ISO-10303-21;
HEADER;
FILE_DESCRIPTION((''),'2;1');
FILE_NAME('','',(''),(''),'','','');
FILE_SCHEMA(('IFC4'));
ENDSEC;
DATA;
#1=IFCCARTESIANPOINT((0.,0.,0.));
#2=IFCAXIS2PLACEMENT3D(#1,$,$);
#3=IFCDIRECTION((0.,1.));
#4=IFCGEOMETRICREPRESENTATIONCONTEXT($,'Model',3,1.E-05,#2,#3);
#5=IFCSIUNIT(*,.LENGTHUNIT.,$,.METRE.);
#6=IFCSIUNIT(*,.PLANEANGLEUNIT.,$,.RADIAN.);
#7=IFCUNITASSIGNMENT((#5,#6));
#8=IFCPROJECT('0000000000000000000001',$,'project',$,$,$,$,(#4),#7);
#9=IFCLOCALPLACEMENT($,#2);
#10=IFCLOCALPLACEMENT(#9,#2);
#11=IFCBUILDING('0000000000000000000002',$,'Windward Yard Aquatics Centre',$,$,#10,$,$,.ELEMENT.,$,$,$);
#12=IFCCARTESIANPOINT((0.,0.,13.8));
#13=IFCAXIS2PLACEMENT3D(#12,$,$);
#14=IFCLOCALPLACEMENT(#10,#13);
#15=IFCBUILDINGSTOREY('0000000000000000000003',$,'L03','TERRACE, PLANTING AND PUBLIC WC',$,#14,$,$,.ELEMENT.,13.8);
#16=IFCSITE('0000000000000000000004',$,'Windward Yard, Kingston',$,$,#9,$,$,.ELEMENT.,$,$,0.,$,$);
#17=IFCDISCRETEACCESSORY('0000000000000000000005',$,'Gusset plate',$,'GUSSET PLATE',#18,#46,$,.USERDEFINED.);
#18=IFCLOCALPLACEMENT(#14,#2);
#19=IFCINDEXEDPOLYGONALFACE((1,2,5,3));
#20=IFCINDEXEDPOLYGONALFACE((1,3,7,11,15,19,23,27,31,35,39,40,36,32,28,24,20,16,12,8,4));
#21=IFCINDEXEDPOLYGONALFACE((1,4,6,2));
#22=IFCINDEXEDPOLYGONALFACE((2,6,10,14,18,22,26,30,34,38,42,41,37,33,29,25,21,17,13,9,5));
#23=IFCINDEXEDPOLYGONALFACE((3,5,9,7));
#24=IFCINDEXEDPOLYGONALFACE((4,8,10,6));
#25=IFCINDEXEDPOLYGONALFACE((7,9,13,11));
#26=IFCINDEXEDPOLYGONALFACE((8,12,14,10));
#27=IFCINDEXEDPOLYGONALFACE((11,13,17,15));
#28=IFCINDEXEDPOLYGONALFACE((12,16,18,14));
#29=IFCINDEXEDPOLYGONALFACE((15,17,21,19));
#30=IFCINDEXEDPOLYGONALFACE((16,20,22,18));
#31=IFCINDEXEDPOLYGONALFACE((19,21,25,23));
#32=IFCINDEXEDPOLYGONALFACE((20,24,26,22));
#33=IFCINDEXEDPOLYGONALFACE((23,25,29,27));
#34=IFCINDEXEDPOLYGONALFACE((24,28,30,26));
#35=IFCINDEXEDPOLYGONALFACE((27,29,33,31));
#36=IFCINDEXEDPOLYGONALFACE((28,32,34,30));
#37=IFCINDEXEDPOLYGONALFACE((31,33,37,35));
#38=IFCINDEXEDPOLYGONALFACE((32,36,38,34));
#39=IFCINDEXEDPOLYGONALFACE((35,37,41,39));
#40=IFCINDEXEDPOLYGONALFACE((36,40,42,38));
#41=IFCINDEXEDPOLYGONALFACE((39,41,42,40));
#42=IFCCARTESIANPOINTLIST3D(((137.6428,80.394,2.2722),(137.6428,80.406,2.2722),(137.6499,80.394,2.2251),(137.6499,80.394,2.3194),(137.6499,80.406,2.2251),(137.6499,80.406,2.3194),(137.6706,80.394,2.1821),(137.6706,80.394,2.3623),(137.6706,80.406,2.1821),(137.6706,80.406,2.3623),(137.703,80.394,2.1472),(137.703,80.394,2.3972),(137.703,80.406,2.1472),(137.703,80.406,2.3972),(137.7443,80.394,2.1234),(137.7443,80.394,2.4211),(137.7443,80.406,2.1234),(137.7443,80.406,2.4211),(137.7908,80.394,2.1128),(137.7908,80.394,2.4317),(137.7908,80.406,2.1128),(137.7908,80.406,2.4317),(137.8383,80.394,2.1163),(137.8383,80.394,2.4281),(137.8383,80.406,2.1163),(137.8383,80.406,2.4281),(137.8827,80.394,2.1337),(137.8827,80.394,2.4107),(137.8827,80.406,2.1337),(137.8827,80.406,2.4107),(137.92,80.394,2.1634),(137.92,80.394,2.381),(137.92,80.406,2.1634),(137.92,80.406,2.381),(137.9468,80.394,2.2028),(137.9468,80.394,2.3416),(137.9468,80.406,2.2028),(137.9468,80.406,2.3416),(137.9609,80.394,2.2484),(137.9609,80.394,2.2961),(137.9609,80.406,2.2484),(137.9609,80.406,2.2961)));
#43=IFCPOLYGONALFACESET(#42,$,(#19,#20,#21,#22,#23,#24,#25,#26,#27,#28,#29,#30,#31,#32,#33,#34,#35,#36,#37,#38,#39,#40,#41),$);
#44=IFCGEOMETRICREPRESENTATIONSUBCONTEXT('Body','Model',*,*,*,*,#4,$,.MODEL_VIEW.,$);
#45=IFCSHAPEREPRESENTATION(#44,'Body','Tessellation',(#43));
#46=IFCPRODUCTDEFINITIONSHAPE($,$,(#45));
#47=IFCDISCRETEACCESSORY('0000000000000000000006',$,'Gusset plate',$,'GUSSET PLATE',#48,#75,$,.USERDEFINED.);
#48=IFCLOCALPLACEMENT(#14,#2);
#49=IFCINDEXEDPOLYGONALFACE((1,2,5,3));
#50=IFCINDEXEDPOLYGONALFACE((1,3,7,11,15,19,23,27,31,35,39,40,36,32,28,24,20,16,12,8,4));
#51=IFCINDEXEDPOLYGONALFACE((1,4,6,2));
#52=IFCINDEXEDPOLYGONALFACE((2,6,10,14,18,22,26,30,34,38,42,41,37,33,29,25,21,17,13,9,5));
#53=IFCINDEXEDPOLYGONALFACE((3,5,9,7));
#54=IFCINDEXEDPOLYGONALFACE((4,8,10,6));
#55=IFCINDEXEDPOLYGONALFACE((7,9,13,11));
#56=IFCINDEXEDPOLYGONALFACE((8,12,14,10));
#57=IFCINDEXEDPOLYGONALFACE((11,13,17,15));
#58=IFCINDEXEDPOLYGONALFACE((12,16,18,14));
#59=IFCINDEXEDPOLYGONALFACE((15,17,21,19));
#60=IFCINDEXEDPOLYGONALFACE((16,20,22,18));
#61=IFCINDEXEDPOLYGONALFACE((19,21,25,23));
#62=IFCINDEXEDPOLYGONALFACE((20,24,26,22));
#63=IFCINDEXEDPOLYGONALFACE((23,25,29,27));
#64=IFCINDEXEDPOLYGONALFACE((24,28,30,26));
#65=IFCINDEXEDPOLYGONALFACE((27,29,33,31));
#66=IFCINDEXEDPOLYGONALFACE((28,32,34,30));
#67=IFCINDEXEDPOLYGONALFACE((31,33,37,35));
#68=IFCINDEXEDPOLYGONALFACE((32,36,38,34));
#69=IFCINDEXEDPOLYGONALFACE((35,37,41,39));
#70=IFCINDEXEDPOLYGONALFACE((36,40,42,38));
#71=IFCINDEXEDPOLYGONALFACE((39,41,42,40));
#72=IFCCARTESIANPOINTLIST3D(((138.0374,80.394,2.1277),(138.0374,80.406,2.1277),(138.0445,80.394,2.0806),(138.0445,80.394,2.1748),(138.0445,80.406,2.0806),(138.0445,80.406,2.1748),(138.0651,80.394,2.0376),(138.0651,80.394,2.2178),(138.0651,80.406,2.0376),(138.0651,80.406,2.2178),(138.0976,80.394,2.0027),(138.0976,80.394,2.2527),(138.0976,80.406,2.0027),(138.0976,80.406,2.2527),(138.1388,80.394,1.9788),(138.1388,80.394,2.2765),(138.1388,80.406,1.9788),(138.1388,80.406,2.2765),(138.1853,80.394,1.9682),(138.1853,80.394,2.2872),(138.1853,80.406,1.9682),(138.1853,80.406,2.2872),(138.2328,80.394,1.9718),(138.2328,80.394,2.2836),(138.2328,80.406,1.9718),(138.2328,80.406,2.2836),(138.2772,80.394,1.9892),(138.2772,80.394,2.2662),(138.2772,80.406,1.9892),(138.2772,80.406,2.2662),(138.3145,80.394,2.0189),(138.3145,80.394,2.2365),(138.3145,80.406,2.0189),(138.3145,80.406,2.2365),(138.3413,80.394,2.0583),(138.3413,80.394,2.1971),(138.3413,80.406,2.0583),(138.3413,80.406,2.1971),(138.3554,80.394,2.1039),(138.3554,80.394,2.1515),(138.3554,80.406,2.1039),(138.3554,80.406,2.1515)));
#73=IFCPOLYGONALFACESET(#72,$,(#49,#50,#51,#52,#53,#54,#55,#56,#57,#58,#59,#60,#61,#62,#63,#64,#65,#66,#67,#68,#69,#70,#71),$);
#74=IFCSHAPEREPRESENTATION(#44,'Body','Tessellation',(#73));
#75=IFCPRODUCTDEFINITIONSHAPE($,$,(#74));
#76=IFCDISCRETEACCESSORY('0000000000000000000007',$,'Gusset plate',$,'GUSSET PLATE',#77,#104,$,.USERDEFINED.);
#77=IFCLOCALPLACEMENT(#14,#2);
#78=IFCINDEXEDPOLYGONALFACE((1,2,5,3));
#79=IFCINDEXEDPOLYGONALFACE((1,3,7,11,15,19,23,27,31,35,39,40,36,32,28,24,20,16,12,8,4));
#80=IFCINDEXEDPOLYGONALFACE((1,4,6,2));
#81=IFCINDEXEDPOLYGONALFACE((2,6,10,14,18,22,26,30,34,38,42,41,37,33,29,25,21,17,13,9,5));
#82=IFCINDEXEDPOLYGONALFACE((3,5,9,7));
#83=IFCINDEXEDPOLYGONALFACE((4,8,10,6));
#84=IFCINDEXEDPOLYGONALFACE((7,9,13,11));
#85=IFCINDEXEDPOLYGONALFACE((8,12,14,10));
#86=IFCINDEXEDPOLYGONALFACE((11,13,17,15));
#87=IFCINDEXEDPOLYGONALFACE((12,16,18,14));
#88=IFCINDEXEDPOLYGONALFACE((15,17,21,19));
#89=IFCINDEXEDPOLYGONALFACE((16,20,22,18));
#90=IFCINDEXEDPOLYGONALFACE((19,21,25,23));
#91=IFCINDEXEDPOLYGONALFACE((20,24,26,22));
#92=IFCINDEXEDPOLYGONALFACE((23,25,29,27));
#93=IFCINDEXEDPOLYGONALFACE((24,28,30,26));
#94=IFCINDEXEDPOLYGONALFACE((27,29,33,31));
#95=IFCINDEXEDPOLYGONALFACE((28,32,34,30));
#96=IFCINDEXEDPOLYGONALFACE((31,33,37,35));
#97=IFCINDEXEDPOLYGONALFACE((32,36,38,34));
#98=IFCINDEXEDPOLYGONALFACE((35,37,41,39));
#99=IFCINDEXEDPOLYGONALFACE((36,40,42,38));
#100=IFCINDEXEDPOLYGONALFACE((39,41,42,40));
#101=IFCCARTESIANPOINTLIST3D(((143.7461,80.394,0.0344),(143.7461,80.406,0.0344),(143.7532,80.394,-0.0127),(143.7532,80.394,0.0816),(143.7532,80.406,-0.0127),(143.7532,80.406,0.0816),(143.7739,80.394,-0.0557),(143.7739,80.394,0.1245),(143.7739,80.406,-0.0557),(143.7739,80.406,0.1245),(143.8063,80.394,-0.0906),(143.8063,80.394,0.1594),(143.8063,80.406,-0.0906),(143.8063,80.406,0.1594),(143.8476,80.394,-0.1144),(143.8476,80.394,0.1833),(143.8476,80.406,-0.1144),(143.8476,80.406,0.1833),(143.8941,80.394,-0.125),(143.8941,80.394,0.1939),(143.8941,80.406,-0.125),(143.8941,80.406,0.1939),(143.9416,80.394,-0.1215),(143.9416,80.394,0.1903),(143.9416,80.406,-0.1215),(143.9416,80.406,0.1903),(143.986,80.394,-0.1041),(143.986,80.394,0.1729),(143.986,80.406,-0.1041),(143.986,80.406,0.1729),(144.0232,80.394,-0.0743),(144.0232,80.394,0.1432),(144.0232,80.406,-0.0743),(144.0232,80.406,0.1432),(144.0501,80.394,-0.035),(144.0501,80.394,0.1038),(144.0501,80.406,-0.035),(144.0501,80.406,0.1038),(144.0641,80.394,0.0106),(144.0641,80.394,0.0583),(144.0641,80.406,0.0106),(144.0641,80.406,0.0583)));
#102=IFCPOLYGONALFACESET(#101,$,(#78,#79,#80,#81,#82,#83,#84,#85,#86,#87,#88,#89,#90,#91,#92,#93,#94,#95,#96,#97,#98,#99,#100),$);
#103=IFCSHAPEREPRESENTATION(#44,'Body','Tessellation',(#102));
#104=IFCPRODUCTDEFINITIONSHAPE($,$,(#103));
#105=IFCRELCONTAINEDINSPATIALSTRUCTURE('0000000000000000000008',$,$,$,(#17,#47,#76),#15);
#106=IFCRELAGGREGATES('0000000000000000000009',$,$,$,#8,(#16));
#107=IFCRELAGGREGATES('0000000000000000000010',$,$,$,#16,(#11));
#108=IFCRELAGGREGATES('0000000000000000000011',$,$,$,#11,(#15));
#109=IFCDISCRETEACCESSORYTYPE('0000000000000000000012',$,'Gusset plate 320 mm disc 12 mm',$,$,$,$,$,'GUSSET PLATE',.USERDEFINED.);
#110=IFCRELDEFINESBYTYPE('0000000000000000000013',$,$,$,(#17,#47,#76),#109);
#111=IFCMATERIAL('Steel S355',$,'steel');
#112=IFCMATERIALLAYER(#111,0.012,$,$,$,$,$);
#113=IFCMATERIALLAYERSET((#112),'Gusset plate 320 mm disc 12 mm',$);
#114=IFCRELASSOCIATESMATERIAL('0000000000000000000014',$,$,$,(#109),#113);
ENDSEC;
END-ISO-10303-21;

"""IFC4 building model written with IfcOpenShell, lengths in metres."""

from ifc_helpers import new_model, si_unit, direction, frame, origin, origin_2d, place, context, subcontext, project, spatial, circle, extrude, material, layer, layer_set, type_object, element, save


model = new_model("IFC4")

# Units and contexts
model_context = context("Model", 3, precision=1e-05, world=origin(), true_north=direction((0.0, 1.0)))
body_context = subcontext(model_context, "Body", "Model", "MODEL_VIEW")
ifc_project = project(units=[si_unit("LENGTHUNIT", "METRE"), si_unit("PLANEANGLEUNIT", "RADIAN")], contexts=[model_context])

# Site, building, storey
site_placement = place(None, origin())
site = spatial("IfcSite", under=ifc_project, at=site_placement, Name="Windward Yard, Kingston", CompositionType="ELEMENT", RefElevation=0.0)
building_placement = place(site_placement, origin())
building = spatial("IfcBuilding", under=site, at=building_placement, Name="Windward Yard Aquatics Centre", CompositionType="ELEMENT")
storey_placement = place(building_placement, frame((0.0, 0.0, 13.8)))
storey = spatial("IfcBuildingStorey", under=building, at=storey_placement, Name="L03", Description="TERRACE, PLANTING AND PUBLIC WC", CompositionType="ELEMENT", Elevation=13.8)

# Discrete accessories
ifc_material_1 = material(Name="Steel S355", Category="steel")
ifc_layer_1 = layer(ifc_material_1, 0.012)
ifc_layer_set_1 = layer_set([ifc_layer_1], Name="Gusset plate 320 mm disc 12 mm")
discrete_accessory_type = type_object("IfcDiscreteAccessoryType", Name="Gusset plate 320 mm disc 12 mm", ElementType="GUSSET PLATE", PredefinedType="USERDEFINED", material=ifc_layer_set_1)
for number, where, z_axis, x_axis, name in (
    (1, (137.8027, 80.394, 2.2722), (0.0, 1.0, 0.0), (-1.0, 0.0, 0.0), "Gusset plate"),
    (2, (138.1973, 80.394, 2.1277), (0.0, 1.0, 0.0), (-1.0, 0.0, 0.0), "Gusset plate"),
    (3, (143.906, 80.394, 0.0344), (0.0, 1.0, 0.0), (-1.0, 0.0, 0.0), "Gusset plate"),
):
    element("IfcDiscreteAccessory", number, at=place(storey_placement, frame(where, z_axis=z_axis, x_axis=x_axis)), inside=storey, type_object=discrete_accessory_type, Name=name, ObjectType="GUSSET PLATE", PredefinedType="USERDEFINED", context=body_context, shape_type="SweptSolid", body=[
        extrude(circle(Radius=0.1599, at=origin_2d()), origin(), (0.0, 0.0, 1.0), 0.012),
    ])

save(model, "model.ifc")
